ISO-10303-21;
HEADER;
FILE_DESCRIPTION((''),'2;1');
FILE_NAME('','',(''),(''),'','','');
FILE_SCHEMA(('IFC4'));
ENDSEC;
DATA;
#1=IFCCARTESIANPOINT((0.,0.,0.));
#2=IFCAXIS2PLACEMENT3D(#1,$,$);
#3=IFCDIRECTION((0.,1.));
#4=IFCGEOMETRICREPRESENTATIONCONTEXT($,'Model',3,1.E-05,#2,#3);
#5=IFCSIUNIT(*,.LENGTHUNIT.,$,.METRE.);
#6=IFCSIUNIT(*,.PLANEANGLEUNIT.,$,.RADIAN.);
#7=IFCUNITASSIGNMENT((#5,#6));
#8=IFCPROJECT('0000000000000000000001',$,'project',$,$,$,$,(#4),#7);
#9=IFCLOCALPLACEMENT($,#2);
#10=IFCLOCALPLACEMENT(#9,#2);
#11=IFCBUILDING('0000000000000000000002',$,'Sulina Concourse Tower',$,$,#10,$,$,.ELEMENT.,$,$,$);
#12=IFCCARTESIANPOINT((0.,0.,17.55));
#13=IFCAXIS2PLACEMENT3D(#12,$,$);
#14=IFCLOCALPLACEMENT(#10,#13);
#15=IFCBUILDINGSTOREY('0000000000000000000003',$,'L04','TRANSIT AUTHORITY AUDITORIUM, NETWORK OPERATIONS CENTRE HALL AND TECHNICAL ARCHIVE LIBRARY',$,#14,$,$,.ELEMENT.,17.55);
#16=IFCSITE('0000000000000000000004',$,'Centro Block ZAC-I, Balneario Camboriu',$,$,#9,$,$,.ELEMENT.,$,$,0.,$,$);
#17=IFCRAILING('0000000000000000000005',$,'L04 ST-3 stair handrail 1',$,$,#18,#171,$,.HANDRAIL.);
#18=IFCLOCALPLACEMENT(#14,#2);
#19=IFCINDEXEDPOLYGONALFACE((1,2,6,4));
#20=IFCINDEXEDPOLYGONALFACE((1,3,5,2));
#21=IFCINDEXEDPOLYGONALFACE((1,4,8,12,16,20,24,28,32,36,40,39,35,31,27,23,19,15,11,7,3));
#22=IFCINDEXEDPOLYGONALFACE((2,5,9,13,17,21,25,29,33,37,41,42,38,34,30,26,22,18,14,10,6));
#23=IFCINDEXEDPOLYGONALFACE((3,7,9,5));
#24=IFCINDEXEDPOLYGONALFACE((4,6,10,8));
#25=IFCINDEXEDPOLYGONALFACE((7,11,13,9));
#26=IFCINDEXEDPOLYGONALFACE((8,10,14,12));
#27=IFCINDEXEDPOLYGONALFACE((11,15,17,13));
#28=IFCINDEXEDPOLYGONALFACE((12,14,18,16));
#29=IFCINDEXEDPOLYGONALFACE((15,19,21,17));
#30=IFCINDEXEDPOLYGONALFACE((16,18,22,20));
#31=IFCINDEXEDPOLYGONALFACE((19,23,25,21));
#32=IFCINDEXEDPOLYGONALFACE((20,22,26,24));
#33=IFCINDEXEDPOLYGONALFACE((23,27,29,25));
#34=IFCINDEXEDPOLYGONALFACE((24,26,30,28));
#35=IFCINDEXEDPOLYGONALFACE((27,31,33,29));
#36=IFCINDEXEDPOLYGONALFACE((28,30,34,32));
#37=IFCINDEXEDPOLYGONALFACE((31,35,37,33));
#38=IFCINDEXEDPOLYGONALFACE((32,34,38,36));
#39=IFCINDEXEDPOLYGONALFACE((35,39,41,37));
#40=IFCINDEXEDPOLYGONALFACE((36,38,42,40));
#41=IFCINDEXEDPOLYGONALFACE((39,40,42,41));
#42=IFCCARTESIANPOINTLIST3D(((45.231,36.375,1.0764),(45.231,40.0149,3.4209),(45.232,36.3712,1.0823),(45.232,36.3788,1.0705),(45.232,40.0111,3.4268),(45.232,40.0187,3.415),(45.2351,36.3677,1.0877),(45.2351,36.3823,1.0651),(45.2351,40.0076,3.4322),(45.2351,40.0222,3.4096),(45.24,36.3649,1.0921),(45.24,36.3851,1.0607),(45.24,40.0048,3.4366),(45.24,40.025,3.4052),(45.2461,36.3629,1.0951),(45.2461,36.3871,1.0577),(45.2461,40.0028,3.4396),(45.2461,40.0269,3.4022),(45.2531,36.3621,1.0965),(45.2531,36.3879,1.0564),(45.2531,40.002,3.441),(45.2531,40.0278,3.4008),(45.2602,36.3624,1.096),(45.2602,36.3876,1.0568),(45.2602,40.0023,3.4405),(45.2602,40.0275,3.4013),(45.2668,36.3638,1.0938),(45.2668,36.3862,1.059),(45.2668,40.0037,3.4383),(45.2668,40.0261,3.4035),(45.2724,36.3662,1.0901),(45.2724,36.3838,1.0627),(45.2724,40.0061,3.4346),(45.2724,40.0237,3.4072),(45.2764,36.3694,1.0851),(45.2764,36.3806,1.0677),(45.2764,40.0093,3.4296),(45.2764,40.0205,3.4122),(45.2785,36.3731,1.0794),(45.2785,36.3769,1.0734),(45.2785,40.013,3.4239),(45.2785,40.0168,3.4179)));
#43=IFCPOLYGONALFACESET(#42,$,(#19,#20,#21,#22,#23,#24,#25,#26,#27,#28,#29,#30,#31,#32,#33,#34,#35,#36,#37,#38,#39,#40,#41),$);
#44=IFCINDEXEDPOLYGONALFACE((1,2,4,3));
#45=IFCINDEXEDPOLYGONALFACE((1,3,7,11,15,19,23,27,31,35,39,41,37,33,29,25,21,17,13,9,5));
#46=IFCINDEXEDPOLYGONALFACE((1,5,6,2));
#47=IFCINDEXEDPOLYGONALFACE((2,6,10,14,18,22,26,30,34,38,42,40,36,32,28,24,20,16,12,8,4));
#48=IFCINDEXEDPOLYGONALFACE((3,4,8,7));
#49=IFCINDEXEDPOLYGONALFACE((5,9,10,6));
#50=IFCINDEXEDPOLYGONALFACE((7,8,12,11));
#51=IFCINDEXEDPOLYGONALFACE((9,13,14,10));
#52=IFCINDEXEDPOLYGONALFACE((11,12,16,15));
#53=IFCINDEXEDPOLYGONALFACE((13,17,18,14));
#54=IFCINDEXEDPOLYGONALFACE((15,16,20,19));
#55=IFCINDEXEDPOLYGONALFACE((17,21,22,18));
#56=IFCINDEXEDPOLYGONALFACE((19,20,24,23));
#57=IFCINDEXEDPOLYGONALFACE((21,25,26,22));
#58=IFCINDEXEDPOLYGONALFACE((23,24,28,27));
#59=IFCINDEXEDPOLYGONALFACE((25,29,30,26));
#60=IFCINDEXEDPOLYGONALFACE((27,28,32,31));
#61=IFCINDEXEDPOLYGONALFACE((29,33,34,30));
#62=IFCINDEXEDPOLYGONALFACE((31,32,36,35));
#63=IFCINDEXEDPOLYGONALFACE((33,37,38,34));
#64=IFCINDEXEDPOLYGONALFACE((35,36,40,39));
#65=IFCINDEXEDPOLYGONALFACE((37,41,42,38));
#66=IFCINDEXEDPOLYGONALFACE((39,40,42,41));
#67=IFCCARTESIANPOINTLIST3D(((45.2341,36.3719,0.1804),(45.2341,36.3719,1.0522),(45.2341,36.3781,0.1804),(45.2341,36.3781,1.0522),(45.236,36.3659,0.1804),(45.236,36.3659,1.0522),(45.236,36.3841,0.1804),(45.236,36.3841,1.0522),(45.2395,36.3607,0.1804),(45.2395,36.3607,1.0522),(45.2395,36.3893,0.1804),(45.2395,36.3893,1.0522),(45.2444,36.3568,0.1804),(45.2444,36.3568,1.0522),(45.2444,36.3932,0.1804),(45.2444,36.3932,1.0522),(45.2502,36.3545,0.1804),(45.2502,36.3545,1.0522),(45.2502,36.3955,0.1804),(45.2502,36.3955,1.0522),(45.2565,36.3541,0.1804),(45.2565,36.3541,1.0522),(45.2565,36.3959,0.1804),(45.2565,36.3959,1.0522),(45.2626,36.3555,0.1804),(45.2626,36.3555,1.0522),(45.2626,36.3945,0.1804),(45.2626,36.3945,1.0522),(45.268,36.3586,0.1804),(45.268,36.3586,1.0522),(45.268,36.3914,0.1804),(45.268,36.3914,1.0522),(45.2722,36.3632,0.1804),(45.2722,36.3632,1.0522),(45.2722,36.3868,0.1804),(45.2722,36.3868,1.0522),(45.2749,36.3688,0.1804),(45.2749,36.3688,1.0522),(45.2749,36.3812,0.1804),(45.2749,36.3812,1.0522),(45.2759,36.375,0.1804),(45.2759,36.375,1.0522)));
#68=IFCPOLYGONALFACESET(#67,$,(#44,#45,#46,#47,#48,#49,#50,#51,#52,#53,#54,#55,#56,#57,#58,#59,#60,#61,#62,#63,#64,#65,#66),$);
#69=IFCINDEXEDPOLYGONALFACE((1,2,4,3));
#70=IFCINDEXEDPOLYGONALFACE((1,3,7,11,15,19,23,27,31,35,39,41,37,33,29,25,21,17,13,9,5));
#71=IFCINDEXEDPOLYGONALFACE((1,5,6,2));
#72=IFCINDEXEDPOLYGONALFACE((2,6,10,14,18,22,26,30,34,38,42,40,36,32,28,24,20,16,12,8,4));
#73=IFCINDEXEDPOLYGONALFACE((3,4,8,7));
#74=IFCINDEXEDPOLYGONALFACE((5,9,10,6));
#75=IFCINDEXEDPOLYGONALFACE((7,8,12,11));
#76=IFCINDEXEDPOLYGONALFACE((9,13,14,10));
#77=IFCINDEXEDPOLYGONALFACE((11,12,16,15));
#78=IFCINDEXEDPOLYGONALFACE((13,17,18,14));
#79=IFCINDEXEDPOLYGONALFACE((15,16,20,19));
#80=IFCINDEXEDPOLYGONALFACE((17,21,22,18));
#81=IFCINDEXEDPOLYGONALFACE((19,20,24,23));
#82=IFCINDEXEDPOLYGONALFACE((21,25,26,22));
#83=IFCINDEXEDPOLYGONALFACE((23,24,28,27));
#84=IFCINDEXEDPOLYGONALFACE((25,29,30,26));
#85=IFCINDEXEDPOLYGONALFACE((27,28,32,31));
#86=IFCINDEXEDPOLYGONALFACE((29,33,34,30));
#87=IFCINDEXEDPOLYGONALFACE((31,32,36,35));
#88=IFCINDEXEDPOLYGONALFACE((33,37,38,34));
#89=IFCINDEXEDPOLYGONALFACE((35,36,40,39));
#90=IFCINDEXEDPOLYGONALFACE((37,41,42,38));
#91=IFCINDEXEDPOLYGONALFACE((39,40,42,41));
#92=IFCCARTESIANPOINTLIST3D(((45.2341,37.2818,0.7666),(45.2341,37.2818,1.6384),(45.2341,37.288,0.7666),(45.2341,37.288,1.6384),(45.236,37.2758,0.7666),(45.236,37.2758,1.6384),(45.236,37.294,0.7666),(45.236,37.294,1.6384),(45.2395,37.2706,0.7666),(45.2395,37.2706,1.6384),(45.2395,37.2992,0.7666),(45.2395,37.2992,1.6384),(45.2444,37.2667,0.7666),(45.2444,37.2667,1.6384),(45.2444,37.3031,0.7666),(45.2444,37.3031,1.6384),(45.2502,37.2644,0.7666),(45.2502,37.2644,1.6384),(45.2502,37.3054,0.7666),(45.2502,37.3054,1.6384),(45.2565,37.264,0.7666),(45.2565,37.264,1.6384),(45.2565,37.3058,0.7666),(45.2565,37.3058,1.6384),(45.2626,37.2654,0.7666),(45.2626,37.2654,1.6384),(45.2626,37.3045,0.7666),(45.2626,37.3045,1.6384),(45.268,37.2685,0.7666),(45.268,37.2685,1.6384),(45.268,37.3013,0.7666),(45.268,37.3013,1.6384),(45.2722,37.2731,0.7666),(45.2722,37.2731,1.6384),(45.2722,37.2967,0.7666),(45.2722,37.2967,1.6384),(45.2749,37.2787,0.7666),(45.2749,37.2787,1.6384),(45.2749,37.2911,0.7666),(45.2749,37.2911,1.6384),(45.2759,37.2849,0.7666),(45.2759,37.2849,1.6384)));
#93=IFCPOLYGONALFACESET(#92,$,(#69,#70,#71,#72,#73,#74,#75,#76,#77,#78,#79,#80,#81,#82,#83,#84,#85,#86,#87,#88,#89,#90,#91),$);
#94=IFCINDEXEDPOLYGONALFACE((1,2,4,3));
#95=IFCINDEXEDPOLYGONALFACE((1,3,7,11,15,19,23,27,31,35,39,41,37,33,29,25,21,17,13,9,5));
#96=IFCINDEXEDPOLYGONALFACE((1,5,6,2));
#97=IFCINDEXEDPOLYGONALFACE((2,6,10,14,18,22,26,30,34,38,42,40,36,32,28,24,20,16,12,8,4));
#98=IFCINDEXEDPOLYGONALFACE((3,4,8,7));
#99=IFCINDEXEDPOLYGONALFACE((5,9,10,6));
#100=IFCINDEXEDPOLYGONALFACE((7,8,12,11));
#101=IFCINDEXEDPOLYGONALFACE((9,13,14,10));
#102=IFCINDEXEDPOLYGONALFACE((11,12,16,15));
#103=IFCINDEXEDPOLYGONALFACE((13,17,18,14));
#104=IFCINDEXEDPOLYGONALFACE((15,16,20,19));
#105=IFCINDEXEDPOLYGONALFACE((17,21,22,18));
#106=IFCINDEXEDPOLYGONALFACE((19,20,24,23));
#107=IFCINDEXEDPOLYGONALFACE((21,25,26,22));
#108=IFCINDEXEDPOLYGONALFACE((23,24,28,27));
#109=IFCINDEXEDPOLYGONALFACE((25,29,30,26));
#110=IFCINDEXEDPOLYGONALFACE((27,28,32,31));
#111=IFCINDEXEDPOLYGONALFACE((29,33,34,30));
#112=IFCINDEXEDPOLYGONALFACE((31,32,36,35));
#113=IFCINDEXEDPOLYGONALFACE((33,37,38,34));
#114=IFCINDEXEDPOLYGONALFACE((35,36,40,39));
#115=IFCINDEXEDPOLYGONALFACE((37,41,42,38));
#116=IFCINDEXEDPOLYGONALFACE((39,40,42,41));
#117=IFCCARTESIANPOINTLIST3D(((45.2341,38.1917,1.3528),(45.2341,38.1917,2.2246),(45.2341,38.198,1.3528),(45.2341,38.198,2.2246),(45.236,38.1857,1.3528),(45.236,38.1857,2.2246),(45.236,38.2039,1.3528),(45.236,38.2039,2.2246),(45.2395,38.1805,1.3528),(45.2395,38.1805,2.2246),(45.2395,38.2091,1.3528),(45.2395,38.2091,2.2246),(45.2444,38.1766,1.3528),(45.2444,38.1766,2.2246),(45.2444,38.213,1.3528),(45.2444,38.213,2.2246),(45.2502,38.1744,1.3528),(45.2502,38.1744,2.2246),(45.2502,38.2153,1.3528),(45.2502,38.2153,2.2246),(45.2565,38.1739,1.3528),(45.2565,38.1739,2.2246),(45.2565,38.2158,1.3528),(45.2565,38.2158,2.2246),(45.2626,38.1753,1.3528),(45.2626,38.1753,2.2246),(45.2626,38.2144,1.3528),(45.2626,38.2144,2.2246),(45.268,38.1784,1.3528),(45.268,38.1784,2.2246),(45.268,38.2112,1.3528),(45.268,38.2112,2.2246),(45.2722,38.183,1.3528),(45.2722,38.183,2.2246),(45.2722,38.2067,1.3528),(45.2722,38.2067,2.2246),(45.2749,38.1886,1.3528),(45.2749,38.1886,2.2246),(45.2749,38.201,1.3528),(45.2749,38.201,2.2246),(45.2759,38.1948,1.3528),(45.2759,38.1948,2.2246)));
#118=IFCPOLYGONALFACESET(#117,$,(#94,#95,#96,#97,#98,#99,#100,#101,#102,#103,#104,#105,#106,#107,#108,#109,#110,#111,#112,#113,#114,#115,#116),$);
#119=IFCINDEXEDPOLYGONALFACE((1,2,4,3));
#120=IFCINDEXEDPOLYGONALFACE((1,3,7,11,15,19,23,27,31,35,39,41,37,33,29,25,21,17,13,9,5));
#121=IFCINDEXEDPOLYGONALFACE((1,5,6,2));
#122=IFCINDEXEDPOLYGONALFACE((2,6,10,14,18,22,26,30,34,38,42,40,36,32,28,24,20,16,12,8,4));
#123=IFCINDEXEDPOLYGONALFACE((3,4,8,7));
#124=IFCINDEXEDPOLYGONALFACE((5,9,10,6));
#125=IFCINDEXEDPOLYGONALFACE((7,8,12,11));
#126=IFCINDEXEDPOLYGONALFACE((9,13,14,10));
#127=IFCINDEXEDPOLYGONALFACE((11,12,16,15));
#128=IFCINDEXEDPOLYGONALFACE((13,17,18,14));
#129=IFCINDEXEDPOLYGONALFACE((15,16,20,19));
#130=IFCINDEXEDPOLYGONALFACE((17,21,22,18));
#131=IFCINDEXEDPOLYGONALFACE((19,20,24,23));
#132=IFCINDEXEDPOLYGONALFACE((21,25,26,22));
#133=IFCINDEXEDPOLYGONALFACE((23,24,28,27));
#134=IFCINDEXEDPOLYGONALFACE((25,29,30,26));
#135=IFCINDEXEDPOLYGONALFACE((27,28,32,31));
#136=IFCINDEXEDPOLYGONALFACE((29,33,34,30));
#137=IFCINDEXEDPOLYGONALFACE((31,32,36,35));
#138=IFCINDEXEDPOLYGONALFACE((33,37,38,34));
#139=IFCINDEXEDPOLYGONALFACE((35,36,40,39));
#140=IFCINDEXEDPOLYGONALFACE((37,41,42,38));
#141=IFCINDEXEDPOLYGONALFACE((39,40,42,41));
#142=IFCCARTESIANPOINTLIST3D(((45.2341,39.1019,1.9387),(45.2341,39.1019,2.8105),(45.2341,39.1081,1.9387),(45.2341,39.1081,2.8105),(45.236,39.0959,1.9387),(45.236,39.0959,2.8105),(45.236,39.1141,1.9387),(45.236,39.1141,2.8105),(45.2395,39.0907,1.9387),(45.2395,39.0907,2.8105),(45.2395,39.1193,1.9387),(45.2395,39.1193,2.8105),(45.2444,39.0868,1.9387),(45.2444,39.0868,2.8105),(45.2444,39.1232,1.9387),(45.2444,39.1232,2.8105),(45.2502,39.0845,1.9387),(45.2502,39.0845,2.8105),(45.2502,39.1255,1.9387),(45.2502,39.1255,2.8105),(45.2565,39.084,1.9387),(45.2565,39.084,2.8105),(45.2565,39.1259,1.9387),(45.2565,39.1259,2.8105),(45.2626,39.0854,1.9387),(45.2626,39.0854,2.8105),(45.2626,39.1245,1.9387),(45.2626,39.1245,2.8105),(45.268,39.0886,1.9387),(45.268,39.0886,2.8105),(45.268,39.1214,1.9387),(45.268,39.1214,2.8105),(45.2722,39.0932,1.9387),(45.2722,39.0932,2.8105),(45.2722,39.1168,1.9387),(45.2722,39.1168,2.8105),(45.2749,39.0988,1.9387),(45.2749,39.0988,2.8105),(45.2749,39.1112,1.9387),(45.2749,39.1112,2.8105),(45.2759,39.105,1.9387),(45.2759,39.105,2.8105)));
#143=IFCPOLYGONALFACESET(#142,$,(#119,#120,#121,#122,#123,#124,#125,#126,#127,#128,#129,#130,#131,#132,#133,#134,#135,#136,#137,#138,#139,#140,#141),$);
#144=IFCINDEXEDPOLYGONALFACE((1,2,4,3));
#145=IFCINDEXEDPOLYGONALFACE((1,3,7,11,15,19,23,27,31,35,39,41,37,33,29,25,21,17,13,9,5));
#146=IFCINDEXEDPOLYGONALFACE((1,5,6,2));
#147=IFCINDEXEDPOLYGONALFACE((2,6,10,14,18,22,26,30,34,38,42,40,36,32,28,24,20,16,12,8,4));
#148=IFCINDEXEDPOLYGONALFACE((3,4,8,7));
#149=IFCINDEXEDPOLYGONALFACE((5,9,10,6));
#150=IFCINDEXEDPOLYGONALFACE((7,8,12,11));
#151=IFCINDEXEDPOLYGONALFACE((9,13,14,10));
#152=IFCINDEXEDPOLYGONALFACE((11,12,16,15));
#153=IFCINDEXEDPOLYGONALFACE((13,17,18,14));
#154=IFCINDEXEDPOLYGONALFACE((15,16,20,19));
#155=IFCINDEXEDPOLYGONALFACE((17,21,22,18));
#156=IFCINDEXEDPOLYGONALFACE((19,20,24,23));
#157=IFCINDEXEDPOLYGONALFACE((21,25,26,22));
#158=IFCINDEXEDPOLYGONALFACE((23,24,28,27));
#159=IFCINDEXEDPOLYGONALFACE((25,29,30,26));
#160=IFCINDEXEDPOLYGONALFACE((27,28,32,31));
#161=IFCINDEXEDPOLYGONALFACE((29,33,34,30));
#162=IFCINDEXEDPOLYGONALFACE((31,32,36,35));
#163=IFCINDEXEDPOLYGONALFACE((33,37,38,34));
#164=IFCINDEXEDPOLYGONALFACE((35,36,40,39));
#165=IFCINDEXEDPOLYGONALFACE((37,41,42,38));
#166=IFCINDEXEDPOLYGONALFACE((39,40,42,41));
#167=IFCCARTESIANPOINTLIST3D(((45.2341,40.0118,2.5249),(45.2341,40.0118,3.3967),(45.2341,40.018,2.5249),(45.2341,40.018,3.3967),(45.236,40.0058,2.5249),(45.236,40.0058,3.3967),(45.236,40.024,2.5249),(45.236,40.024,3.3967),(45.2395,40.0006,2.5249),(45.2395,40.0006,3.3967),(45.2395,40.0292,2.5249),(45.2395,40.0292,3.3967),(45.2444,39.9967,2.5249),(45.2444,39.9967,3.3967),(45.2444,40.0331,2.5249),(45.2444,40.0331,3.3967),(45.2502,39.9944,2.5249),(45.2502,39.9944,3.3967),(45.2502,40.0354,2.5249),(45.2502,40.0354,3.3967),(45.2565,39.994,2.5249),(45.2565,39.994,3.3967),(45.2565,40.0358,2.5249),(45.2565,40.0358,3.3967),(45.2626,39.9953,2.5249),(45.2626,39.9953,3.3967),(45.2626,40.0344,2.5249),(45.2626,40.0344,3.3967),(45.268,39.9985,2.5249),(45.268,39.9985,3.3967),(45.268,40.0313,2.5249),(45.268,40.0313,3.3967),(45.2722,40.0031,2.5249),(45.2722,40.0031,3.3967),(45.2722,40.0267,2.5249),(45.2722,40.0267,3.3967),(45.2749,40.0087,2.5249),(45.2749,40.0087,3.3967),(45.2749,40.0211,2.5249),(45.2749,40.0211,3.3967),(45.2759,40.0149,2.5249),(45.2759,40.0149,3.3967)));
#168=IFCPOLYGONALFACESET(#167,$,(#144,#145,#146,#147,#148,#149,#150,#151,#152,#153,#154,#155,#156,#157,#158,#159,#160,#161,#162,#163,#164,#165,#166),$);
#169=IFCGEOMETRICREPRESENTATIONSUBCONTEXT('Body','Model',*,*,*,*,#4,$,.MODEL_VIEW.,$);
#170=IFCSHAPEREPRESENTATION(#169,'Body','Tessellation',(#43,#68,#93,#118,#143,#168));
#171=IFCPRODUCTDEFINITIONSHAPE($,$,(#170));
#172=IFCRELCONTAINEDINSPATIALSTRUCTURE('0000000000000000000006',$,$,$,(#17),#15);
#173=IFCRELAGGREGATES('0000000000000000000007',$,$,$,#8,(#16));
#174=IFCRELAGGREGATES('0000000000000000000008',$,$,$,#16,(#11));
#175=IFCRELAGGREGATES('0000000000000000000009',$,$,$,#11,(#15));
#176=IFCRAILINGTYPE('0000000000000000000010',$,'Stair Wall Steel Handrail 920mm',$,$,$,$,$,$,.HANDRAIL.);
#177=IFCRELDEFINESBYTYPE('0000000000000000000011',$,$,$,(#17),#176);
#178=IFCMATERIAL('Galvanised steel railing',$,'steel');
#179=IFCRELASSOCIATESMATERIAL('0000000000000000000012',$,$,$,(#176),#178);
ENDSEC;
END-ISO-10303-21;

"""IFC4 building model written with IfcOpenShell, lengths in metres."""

from ifc_helpers import new_model, si_unit, direction, frame, origin, origin_2d, place, context, subcontext, project, spatial, circle, extrude, material, type_object, element, save


model = new_model("IFC4")

# Units and contexts
model_context = context("Model", 3, precision=1e-05, world=origin(), true_north=direction((0.0, 1.0)))
body_context = subcontext(model_context, "Body", "Model", "MODEL_VIEW")
ifc_project = project(units=[si_unit("LENGTHUNIT", "METRE"), si_unit("PLANEANGLEUNIT", "RADIAN")], contexts=[model_context])

# Site, building, storey
site_placement = place(None, origin())
site = spatial("IfcSite", under=ifc_project, at=site_placement, Name="Centro Block ZAC-I, Balneario Camboriu", CompositionType="ELEMENT", RefElevation=0.0)
building_placement = place(site_placement, origin())
building = spatial("IfcBuilding", under=site, at=building_placement, Name="Sulina Concourse Tower", CompositionType="ELEMENT")
storey_placement = place(building_placement, frame((0.0, 0.0, 17.55)))
storey = spatial("IfcBuildingStorey", under=building, at=storey_placement, Name="L04", Description="TRANSIT AUTHORITY AUDITORIUM, NETWORK OPERATIONS CENTRE HALL AND TECHNICAL ARCHIVE LIBRARY", CompositionType="ELEMENT", Elevation=17.55)

# Railing
ifc_material_1 = material(Name="Galvanised steel railing", Category="steel")
railing_type_1 = type_object("IfcRailingType", Name="Stair Wall Steel Handrail 920mm", PredefinedType="HANDRAIL", material=ifc_material_1)
for number, where, name in (
    (1, (45.2549, 36.375, 0.1804), "L04 ST-3 stair handrail 1"),
):
    element("IfcRailing", number, at=place(storey_placement, frame(where)), inside=storey, type_object=railing_type_1, Name=name, PredefinedType="HANDRAIL", context=body_context, shape_type="SweptSolid", body=[
        extrude(circle(Radius=0.0239, at=origin_2d()), frame((0.0, 0.0, 0.896), z_axis=(0.0, 0.8407, 0.541501), x_axis=(-1.0, 0.0, 0.0)), (0.0, 0.0, 1.0), 4.3296),
        extrude(circle(Radius=0.021, at=origin_2d()), origin(), (0.0, 0.0, 1.0), 0.8718),
        extrude(circle(Radius=0.021, at=origin_2d()), frame((0.0, 0.9099, 0.5862)), (0.0, 0.0, 1.0), 0.8718),
        extrude(circle(Radius=0.021, at=origin_2d()), frame((0.0, 1.8198, 1.1724)), (0.0, 0.0, 1.0), 0.8718),
        extrude(circle(Radius=0.021, at=origin_2d()), frame((0.0, 2.73, 1.7583)), (0.0, 0.0, 1.0), 0.8718),
        extrude(circle(Radius=0.021, at=origin_2d()), frame((0.0, 3.6399, 2.3445)), (0.0, 0.0, 1.0), 0.8718),
    ])

save(model, "model.ifc")
